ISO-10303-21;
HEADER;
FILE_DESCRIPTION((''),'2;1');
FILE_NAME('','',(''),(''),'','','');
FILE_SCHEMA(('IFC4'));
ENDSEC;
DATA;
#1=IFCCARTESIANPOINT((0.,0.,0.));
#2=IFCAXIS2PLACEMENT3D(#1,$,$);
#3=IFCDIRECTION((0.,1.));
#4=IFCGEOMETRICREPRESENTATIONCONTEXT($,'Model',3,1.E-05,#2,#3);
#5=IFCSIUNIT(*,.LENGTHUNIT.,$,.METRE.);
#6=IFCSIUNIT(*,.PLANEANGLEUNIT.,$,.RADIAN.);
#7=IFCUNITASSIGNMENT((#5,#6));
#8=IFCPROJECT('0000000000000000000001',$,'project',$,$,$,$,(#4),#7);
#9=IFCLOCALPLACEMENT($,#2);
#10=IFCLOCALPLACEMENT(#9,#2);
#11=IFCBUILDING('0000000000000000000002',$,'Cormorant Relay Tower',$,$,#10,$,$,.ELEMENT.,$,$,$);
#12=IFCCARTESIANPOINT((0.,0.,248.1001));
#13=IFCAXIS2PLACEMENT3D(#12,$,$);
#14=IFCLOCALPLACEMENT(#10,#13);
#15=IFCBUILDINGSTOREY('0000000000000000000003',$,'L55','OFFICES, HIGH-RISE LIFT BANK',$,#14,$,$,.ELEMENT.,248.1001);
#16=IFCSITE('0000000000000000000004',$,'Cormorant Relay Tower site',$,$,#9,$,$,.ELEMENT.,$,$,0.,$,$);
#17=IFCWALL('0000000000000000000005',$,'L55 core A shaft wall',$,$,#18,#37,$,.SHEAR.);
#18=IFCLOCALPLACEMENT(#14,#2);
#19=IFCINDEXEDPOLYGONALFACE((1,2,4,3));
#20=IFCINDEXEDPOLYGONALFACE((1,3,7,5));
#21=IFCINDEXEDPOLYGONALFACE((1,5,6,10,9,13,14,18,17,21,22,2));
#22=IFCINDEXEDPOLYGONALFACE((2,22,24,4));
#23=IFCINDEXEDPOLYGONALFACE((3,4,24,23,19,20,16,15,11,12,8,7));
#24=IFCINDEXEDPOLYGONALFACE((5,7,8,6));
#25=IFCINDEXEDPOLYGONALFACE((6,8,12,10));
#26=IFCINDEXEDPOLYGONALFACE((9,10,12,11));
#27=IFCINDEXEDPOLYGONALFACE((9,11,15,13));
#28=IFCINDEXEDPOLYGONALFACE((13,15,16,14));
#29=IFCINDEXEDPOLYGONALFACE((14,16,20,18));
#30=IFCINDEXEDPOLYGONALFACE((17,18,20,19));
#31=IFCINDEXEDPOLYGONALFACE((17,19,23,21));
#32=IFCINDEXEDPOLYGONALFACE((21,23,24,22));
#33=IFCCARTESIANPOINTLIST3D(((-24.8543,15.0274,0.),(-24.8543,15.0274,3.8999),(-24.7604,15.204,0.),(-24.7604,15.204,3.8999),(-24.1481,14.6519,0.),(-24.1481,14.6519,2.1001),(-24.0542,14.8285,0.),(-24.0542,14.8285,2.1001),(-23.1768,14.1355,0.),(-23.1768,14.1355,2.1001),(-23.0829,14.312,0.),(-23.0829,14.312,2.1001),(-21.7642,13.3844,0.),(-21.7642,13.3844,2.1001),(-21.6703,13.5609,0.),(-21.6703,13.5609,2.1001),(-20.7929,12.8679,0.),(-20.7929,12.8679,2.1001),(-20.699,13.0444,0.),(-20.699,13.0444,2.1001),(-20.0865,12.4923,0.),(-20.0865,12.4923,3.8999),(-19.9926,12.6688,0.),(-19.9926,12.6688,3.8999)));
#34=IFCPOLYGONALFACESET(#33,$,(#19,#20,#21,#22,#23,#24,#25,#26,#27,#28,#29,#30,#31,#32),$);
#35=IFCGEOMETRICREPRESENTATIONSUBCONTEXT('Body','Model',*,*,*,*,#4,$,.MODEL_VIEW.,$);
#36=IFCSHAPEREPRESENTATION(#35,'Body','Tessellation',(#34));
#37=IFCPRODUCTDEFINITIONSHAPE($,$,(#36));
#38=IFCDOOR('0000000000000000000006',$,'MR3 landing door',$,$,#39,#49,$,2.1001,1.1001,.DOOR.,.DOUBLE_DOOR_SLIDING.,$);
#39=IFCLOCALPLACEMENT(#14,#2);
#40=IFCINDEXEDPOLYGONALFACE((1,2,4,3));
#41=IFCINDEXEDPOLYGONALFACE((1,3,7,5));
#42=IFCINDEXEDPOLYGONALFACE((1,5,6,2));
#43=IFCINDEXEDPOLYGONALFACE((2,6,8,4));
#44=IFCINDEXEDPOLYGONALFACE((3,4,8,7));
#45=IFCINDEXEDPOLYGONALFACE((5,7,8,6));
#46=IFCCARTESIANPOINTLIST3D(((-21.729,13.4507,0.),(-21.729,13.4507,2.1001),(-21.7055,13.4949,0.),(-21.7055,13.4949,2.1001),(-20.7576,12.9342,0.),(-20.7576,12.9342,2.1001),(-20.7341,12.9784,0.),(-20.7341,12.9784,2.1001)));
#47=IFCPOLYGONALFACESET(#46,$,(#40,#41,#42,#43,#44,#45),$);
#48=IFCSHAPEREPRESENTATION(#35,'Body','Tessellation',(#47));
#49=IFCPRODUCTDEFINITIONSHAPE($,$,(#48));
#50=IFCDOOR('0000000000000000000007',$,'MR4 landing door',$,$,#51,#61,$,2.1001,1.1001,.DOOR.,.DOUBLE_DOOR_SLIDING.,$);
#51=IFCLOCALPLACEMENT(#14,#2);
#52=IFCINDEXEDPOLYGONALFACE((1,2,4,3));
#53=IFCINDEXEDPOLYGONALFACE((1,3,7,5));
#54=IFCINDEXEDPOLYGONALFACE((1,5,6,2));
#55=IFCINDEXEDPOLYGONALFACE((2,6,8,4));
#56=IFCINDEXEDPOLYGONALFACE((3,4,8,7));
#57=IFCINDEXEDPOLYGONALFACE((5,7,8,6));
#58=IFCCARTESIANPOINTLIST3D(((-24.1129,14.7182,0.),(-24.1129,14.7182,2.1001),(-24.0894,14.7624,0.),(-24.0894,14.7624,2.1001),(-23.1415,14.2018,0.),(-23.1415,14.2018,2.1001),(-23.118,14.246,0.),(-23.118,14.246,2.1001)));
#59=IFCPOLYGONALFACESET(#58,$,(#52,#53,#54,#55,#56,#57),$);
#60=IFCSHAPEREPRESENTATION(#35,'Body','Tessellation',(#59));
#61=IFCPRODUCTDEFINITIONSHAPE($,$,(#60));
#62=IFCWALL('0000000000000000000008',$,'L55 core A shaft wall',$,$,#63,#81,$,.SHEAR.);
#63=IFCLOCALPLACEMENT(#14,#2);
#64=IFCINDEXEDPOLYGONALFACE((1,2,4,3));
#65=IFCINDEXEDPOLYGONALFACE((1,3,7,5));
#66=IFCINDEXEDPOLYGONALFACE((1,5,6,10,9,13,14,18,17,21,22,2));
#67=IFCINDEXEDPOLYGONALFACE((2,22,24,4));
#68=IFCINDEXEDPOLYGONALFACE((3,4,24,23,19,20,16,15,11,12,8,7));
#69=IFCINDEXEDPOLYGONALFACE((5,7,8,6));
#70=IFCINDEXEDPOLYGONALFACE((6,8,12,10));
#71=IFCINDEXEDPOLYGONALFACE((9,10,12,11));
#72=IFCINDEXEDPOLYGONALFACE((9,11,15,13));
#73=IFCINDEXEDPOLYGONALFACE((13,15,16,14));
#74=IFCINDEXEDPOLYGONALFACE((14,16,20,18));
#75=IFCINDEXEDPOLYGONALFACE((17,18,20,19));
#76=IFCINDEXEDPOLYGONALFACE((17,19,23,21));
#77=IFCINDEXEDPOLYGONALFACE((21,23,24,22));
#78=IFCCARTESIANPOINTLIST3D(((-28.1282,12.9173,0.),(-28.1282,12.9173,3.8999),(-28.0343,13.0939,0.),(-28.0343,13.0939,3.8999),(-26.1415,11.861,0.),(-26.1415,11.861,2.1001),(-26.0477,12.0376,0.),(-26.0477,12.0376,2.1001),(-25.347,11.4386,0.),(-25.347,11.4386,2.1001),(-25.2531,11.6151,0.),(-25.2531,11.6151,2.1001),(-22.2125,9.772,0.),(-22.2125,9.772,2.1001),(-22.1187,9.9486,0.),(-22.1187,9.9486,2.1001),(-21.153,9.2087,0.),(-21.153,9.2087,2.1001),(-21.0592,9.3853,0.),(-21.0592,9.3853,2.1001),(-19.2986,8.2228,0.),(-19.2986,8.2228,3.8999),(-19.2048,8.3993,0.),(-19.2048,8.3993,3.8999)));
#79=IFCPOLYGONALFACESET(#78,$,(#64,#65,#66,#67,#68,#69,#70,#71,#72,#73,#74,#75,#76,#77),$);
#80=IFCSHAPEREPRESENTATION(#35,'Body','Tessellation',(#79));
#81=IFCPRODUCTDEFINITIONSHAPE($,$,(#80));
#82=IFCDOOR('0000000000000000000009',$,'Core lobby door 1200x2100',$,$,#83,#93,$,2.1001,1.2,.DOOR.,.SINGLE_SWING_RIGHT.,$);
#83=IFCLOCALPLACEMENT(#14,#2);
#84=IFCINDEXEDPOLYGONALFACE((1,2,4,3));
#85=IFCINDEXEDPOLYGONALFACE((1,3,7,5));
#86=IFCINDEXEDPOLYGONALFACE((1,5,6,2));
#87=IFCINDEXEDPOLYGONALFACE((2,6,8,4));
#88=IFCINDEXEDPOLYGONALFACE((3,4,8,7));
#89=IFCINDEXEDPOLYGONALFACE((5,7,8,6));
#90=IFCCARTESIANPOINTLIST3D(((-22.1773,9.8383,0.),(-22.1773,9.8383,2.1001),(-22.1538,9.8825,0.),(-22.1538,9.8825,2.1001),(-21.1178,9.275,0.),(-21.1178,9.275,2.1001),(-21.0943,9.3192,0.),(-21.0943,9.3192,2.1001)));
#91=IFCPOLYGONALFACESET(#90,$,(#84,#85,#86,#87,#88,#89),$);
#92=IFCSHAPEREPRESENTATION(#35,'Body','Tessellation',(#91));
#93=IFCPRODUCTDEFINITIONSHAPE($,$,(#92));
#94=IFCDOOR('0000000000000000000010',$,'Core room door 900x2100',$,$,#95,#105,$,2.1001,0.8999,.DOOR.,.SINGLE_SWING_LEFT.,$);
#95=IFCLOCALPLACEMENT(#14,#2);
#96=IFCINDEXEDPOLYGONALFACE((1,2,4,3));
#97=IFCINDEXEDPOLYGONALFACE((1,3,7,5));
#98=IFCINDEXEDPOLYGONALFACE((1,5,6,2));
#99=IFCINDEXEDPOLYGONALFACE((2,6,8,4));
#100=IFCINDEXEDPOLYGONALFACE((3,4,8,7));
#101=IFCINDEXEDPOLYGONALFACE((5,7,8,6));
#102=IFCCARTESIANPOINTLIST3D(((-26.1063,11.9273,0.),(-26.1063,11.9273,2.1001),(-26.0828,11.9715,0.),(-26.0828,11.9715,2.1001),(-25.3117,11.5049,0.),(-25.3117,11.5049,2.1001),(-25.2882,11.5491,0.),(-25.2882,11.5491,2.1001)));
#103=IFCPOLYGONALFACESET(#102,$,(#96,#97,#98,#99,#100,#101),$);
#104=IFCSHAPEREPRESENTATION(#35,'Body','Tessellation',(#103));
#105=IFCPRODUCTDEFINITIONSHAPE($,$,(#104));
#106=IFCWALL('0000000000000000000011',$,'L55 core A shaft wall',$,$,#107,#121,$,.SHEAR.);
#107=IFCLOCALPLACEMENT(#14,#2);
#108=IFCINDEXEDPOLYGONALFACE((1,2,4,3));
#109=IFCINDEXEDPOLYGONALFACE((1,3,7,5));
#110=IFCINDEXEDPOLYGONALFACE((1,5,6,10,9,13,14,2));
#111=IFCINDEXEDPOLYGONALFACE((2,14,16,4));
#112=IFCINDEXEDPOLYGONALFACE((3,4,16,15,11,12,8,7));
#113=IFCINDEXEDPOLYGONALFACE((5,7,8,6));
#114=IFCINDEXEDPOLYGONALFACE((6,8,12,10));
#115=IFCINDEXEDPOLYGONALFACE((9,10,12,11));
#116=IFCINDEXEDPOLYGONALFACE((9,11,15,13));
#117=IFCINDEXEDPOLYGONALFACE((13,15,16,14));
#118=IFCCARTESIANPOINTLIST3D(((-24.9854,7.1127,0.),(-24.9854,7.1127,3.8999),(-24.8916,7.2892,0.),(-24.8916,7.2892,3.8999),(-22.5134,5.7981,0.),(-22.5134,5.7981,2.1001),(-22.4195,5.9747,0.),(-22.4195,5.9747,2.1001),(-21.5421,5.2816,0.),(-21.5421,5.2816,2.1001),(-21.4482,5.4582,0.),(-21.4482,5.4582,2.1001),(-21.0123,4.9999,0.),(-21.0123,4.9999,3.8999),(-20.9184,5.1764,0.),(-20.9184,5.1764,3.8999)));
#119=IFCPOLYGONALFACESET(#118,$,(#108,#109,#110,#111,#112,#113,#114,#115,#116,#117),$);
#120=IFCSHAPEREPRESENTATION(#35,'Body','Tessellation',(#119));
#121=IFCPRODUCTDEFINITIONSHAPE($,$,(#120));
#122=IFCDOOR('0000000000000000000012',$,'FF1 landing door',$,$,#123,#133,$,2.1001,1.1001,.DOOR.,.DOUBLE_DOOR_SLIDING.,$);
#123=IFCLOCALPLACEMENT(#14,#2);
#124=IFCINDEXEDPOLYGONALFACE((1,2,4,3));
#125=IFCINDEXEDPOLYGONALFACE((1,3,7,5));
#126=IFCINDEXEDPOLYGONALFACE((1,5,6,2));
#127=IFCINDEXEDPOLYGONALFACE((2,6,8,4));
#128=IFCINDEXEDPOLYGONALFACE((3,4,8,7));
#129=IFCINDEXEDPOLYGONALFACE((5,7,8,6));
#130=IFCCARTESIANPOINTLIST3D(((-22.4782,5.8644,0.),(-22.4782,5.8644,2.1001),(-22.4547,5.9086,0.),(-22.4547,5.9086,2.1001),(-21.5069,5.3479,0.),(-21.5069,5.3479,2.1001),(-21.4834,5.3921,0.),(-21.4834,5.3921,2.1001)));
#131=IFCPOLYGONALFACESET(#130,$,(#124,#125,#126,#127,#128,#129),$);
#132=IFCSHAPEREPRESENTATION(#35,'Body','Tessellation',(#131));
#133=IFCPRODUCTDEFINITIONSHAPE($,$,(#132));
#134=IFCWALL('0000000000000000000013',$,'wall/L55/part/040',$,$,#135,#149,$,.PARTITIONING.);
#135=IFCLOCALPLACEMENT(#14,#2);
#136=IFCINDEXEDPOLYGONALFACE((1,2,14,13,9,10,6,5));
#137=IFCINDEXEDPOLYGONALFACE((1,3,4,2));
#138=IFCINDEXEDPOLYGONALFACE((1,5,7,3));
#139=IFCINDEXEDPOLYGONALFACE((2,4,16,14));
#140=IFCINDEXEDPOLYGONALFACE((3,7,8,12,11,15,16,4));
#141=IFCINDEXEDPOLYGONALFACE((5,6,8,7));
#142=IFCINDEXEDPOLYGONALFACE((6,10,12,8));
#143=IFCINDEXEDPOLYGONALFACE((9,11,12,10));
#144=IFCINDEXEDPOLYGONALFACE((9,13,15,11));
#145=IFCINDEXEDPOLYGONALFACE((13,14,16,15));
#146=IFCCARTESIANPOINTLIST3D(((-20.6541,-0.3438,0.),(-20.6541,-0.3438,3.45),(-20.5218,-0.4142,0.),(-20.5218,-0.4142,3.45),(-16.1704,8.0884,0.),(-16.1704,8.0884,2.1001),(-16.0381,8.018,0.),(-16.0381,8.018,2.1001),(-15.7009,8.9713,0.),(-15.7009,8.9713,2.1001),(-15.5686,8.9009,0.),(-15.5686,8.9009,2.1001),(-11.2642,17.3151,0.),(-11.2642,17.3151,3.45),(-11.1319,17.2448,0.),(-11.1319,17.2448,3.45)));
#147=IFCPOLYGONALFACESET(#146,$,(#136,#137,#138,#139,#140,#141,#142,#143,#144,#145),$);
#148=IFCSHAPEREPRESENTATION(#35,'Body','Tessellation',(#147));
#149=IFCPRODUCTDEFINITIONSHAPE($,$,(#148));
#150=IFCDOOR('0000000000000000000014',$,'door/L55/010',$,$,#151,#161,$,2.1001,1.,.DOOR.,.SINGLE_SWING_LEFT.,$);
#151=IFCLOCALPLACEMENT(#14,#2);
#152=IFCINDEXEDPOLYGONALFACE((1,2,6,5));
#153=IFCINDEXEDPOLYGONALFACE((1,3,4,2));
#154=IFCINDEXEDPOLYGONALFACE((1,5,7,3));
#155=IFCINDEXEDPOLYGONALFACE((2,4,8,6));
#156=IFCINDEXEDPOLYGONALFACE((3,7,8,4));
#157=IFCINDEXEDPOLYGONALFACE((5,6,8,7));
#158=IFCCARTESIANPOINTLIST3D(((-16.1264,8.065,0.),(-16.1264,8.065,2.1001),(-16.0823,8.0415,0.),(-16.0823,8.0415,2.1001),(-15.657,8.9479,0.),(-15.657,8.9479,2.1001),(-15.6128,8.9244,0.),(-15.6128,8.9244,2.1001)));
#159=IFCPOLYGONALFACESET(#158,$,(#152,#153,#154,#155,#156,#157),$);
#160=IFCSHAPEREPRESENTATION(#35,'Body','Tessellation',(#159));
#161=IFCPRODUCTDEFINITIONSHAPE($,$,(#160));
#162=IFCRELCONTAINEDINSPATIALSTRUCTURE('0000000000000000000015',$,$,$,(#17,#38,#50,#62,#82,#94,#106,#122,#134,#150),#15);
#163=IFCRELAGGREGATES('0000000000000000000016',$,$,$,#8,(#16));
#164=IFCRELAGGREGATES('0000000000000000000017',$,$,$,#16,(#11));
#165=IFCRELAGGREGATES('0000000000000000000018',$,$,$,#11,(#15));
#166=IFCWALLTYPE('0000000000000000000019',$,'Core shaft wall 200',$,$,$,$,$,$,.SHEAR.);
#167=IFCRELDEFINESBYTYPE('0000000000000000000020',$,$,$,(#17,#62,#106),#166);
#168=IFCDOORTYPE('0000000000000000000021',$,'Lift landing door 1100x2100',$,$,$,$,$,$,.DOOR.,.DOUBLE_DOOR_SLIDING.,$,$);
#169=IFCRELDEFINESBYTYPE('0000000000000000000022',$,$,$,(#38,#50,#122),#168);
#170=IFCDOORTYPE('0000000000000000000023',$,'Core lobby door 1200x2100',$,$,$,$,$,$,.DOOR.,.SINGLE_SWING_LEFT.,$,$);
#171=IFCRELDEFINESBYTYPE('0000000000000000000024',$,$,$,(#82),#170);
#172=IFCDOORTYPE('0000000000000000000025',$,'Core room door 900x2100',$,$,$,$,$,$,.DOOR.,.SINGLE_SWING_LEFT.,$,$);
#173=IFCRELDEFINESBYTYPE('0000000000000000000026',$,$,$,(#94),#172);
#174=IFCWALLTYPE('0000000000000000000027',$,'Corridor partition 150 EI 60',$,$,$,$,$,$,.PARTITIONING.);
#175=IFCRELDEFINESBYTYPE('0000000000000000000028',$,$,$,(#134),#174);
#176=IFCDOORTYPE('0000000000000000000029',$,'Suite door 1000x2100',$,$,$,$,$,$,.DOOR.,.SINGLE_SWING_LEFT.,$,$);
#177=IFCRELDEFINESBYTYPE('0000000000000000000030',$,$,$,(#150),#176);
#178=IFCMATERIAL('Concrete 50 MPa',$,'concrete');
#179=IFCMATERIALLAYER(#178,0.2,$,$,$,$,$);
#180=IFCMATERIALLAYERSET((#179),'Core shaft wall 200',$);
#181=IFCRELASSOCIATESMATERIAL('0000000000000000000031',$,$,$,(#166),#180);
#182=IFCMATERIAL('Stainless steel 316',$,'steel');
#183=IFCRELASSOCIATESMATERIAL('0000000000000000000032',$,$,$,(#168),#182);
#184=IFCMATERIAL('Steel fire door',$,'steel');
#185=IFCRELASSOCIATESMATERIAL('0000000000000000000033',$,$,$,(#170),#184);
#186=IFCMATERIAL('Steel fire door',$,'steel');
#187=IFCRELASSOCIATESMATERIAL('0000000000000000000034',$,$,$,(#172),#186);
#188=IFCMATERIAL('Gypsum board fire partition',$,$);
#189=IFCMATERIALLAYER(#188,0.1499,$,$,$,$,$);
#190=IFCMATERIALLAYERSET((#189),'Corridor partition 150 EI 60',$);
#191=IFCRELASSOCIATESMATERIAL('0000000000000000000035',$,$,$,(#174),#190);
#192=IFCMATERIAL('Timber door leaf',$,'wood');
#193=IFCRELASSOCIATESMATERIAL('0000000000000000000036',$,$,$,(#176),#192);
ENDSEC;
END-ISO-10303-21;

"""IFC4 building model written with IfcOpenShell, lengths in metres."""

from ifc_helpers import new_model, si_unit, direction, frame, frame_2d, origin, place, context, subcontext, project, spatial, rectangle, extrude, material, layer, layer_set, type_object, element, fill, save


model = new_model("IFC4")

# Units and contexts
model_context = context("Model", 3, precision=1e-05, world=origin(), true_north=direction((0.0, 1.0)))
body_context = subcontext(model_context, "Body", "Model", "MODEL_VIEW")
ifc_project = project(units=[si_unit("LENGTHUNIT", "METRE"), si_unit("PLANEANGLEUNIT", "RADIAN")], contexts=[model_context])

# Site, building, storey
site_placement = place(None, origin())
site = spatial("IfcSite", under=ifc_project, at=site_placement, Name="Cormorant Relay Tower site", CompositionType="ELEMENT", RefElevation=0.0)
building_placement = place(site_placement, origin())
building = spatial("IfcBuilding", under=site, at=building_placement, Name="Cormorant Relay Tower", CompositionType="ELEMENT")
storey_placement = place(building_placement, frame((0.0, 0.0, 248.1001)))
storey = spatial("IfcBuildingStorey", under=building, at=storey_placement, Name="L55", Description="OFFICES, HIGH-RISE LIFT BANK", CompositionType="ELEMENT", Elevation=248.1001)

# Shared definitions
ifc_material_1 = material(Name="Concrete 50 MPa", Category="concrete")
ifc_layer_1 = layer(ifc_material_1, 0.2)
ifc_layer_set_1 = layer_set([ifc_layer_1], Name="Core shaft wall 200")
wall_type_1 = type_object("IfcWallType", Name="Core shaft wall 200", PredefinedType="SHEAR", material=ifc_layer_set_1)

# Walls, openings, doors
wall_1_placement = place(storey_placement, frame((-20.0396, 12.5806, 0.0), z_axis=(0.0, 0.0, 1.0), x_axis=(-0.882943, 0.46948, 0.0)))
wall_1 = element("IfcWall", 1, at=wall_1_placement, inside=storey, type_object=wall_type_1, Name="L55 core A shaft wall", PredefinedType="SHEAR", context=body_context, shape_type="SweptSolid", body=[
    extrude(rectangle(XDim=5.3999, YDim=0.2, at=frame_2d((2.7, 0.0))), origin(), (0.0, 0.0, 1.0), 3.8999),
])
opening_1_placement = place(wall_1_placement, frame((0.8, 0.0, 0.0)))
opening_1 = element("IfcOpeningElement", 2, at=opening_1_placement, cuts=wall_1, PredefinedType="OPENING", context=body_context, shape_type="SweptSolid", body=[
    extrude(rectangle(XDim=1.1001, YDim=2.1001, at=frame_2d((0.55, 1.05))), frame((0.0, 0.1099, 0.0), z_axis=(0.0, -1.0, 0.0), x_axis=(1.0, 0.0, 0.0)), (0.0, 0.0, 1.0), 0.22),
])
opening_2_placement = place(wall_1_placement, frame((3.5, 0.0, 0.0)))
opening_2 = element("IfcOpeningElement", 3, at=opening_2_placement, cuts=wall_1, PredefinedType="OPENING", context=body_context, shape_type="SweptSolid", body=[
    extrude(rectangle(XDim=1.1001, YDim=2.1001, at=frame_2d((0.55, 1.05))), frame((0.0, 0.1099, 0.0), z_axis=(0.0, -1.0, 0.0), x_axis=(1.0, 0.0, 0.0)), (0.0, 0.0, 1.0), 0.22),
])
ifc_material_2 = material(Name="Stainless steel 316", Category="steel")
door_type_1 = type_object("IfcDoorType", Name="Lift landing door 1100x2100", OperationType="DOUBLE_DOOR_SLIDING", PredefinedType="DOOR", material=ifc_material_2)
door_1_placement = place(opening_1_placement, origin())
door_1 = element("IfcDoor", 4, at=door_1_placement, inside=storey, type_object=door_type_1, Name="MR3 landing door", OperationType="DOUBLE_DOOR_SLIDING", OverallHeight=2.1001, OverallWidth=1.1001, PredefinedType="DOOR", context=body_context, shape_type="SweptSolid", body=[
    extrude(rectangle(XDim=1.1001, YDim=2.1001, at=frame_2d((0.55, 1.05))), frame((0.0, 0.0249, 0.0), z_axis=(0.0, -1.0, 0.0), x_axis=(1.0, 0.0, 0.0)), (0.0, 0.0, 1.0), 0.05),
])
fill(opening_1, door_1)
door_2_placement = place(opening_2_placement, origin())
door_2 = element("IfcDoor", 5, at=door_2_placement, inside=storey, type_object=door_type_1, Name="MR4 landing door", OperationType="DOUBLE_DOOR_SLIDING", OverallHeight=2.1001, OverallWidth=1.1001, PredefinedType="DOOR", context=body_context, shape_type="SweptSolid", body=[
    extrude(rectangle(XDim=1.1001, YDim=2.1001, at=frame_2d((0.55, 1.05))), frame((0.0, 0.0249, 0.0), z_axis=(0.0, -1.0, 0.0), x_axis=(1.0, 0.0, 0.0)), (0.0, 0.0, 1.0), 0.05),
])
fill(opening_2, door_2)
wall_2_placement = place(storey_placement, frame((-19.2517, 8.311, 0.0), z_axis=(0.0, 0.0, 1.0), x_axis=(-0.882956, 0.469456, 0.0)))
wall_2 = element("IfcWall", 6, at=wall_2_placement, inside=storey, type_object=wall_type_1, Name="L55 core A shaft wall", PredefinedType="SHEAR", context=body_context, shape_type="SweptSolid", body=[
    extrude(rectangle(XDim=10.0, YDim=0.2, at=frame_2d((5.0, 0.0))), origin(), (0.0, 0.0, 1.0), 3.8999),
])
opening_3_placement = place(wall_2_placement, frame((2.1001, 0.0, 0.0)))
opening_3 = element("IfcOpeningElement", 7, at=opening_3_placement, cuts=wall_2, PredefinedType="OPENING", context=body_context, shape_type="SweptSolid", body=[
    extrude(rectangle(XDim=1.2, YDim=2.1001, at=frame_2d((0.6001, 1.05))), frame((0.0, 0.1099, 0.0), z_axis=(0.0, -1.0, 0.0), x_axis=(1.0, 0.0, 0.0)), (0.0, 0.0, 1.0), 0.22),
])
opening_4_placement = place(wall_2_placement, frame((6.8501, 0.0, 0.0)))
opening_4 = element("IfcOpeningElement", 8, at=opening_4_placement, cuts=wall_2, PredefinedType="OPENING", context=body_context, shape_type="SweptSolid", body=[
    extrude(rectangle(XDim=0.8999, YDim=2.1001, at=frame_2d((0.45, 1.05))), frame((0.0, 0.1099, 0.0), z_axis=(0.0, -1.0, 0.0), x_axis=(1.0, 0.0, 0.0)), (0.0, 0.0, 1.0), 0.22),
])
ifc_material_3 = material(Name="Steel fire door", Category="steel")
door_type_2 = type_object("IfcDoorType", Name="Core lobby door 1200x2100", OperationType="SINGLE_SWING_LEFT", PredefinedType="DOOR", material=ifc_material_3)
door_3_placement = place(opening_3_placement, origin())
door_3 = element("IfcDoor", 9, at=door_3_placement, inside=storey, type_object=door_type_2, Name="Core lobby door 1200x2100", OperationType="SINGLE_SWING_RIGHT", OverallHeight=2.1001, OverallWidth=1.2, PredefinedType="DOOR", context=body_context, shape_type="SweptSolid", body=[
    extrude(rectangle(XDim=1.2, YDim=2.1001, at=frame_2d((0.6001, 1.05))), frame((0.0, 0.0249, 0.0), z_axis=(0.0, -1.0, 0.0), x_axis=(1.0, 0.0, 0.0)), (0.0, 0.0, 1.0), 0.05),
])
fill(opening_3, door_3)
ifc_material_4 = material(Name="Steel fire door", Category="steel")
door_type_3 = type_object("IfcDoorType", Name="Core room door 900x2100", OperationType="SINGLE_SWING_LEFT", PredefinedType="DOOR", material=ifc_material_4)
door_4_placement = place(opening_4_placement, origin())
door_4 = element("IfcDoor", 10, at=door_4_placement, inside=storey, type_object=door_type_3, Name="Core room door 900x2100", OperationType="SINGLE_SWING_LEFT", OverallHeight=2.1001, OverallWidth=0.8999, PredefinedType="DOOR", context=body_context, shape_type="SweptSolid", body=[
    extrude(rectangle(XDim=0.8999, YDim=2.1001, at=frame_2d((0.45, 1.05))), frame((0.0, 0.0249, 0.0), z_axis=(0.0, -1.0, 0.0), x_axis=(1.0, 0.0, 0.0)), (0.0, 0.0, 1.0), 0.05),
])
fill(opening_4, door_4)

# Walls, openings, doors
wall_3_placement = place(storey_placement, frame((-20.9653, 5.0881, 0.0), z_axis=(0.0, 0.0, 1.0), x_axis=(-0.882926, 0.469512, 0.0)))
wall_3 = element("IfcWall", 11, at=wall_3_placement, inside=storey, type_object=wall_type_1, Name="L55 core A shaft wall", PredefinedType="SHEAR", context=body_context, shape_type="SweptSolid", body=[
    extrude(rectangle(XDim=4.5, YDim=0.2, at=frame_2d((2.25, 0.0))), origin(), (0.0, 0.0, 1.0), 3.8999),
])
opening_5_placement = place(wall_3_placement, frame((0.6001, 0.0, 0.0)))
opening_5 = element("IfcOpeningElement", 12, at=opening_5_placement, cuts=wall_3, PredefinedType="OPENING", context=body_context, shape_type="SweptSolid", body=[
    extrude(rectangle(XDim=1.1001, YDim=2.1001, at=frame_2d((0.55, 1.05))), frame((0.0, 0.1099, 0.0), z_axis=(0.0, -1.0, 0.0), x_axis=(1.0, 0.0, 0.0)), (0.0, 0.0, 1.0), 0.22),
])
door_5_placement = place(opening_5_placement, origin())
door_5 = element("IfcDoor", 13, at=door_5_placement, inside=storey, type_object=door_type_1, Name="FF1 landing door", OperationType="DOUBLE_DOOR_SLIDING", OverallHeight=2.1001, OverallWidth=1.1001, PredefinedType="DOOR", context=body_context, shape_type="SweptSolid", body=[
    extrude(rectangle(XDim=1.1001, YDim=2.1001, at=frame_2d((0.55, 1.05))), frame((0.0, 0.0249, 0.0), z_axis=(0.0, -1.0, 0.0), x_axis=(1.0, 0.0, 0.0)), (0.0, 0.0, 1.0), 0.05),
])
fill(opening_5, door_5)
ifc_material_5 = material(Name="Gypsum board fire partition")
ifc_layer_2 = layer(ifc_material_5, 0.1499)
ifc_layer_set_2 = layer_set([ifc_layer_2], Name="Corridor partition 150 EI 60")
wall_type_2 = type_object("IfcWallType", Name="Corridor partition 150 EI 60", PredefinedType="PARTITIONING", material=ifc_layer_set_2)
wall_4_placement = place(storey_placement, frame((-20.5879, -0.3789, 0.0), z_axis=(0.0, 0.0, 1.0), x_axis=(0.46949, 0.882938, 0.0)))
wall_4 = element("IfcWall", 14, at=wall_4_placement, inside=storey, type_object=wall_type_2, Name="wall/L55/part/040", PredefinedType="PARTITIONING", context=body_context, shape_type="SweptSolid", body=[
    extrude(rectangle(XDim=20.0002, YDim=0.1499, at=frame_2d((10.0, 0.0))), origin(), (0.0, 0.0, 1.0), 3.45),
])
opening_6_placement = place(wall_4_placement, frame((9.55, 0.0, 0.0)))
opening_6 = element("IfcOpeningElement", 15, at=opening_6_placement, cuts=wall_4, PredefinedType="OPENING", context=body_context, shape_type="SweptSolid", body=[
    extrude(rectangle(XDim=1.0, YDim=2.1001, at=frame_2d((0.5, 1.05))), frame((0.0, 0.085, 0.0), z_axis=(0.0, -1.0, 0.0), x_axis=(1.0, 0.0, 0.0)), (0.0, 0.0, 1.0), 0.1699),
])
ifc_material_6 = material(Name="Timber door leaf", Category="wood")
door_type_4 = type_object("IfcDoorType", Name="Suite door 1000x2100", OperationType="SINGLE_SWING_LEFT", PredefinedType="DOOR", material=ifc_material_6)
door_6_placement = place(opening_6_placement, frame((1.0, 0.0, 0.0), z_axis=(0.0, 0.0, 1.0), x_axis=(-1.0, 0.0, 0.0)))
door_6 = element("IfcDoor", 16, at=door_6_placement, inside=storey, type_object=door_type_4, Name="door/L55/010", OperationType="SINGLE_SWING_LEFT", OverallHeight=2.1001, OverallWidth=1.0, PredefinedType="DOOR", context=body_context, shape_type="SweptSolid", body=[
    extrude(rectangle(XDim=1.0, YDim=2.1001, at=frame_2d((0.5, 1.05))), frame((0.0, 0.0249, 0.0), z_axis=(0.0, -1.0, 0.0), x_axis=(1.0, 0.0, 0.0)), (0.0, 0.0, 1.0), 0.05),
])
fill(opening_6, door_6)

save(model, "model.ifc")
